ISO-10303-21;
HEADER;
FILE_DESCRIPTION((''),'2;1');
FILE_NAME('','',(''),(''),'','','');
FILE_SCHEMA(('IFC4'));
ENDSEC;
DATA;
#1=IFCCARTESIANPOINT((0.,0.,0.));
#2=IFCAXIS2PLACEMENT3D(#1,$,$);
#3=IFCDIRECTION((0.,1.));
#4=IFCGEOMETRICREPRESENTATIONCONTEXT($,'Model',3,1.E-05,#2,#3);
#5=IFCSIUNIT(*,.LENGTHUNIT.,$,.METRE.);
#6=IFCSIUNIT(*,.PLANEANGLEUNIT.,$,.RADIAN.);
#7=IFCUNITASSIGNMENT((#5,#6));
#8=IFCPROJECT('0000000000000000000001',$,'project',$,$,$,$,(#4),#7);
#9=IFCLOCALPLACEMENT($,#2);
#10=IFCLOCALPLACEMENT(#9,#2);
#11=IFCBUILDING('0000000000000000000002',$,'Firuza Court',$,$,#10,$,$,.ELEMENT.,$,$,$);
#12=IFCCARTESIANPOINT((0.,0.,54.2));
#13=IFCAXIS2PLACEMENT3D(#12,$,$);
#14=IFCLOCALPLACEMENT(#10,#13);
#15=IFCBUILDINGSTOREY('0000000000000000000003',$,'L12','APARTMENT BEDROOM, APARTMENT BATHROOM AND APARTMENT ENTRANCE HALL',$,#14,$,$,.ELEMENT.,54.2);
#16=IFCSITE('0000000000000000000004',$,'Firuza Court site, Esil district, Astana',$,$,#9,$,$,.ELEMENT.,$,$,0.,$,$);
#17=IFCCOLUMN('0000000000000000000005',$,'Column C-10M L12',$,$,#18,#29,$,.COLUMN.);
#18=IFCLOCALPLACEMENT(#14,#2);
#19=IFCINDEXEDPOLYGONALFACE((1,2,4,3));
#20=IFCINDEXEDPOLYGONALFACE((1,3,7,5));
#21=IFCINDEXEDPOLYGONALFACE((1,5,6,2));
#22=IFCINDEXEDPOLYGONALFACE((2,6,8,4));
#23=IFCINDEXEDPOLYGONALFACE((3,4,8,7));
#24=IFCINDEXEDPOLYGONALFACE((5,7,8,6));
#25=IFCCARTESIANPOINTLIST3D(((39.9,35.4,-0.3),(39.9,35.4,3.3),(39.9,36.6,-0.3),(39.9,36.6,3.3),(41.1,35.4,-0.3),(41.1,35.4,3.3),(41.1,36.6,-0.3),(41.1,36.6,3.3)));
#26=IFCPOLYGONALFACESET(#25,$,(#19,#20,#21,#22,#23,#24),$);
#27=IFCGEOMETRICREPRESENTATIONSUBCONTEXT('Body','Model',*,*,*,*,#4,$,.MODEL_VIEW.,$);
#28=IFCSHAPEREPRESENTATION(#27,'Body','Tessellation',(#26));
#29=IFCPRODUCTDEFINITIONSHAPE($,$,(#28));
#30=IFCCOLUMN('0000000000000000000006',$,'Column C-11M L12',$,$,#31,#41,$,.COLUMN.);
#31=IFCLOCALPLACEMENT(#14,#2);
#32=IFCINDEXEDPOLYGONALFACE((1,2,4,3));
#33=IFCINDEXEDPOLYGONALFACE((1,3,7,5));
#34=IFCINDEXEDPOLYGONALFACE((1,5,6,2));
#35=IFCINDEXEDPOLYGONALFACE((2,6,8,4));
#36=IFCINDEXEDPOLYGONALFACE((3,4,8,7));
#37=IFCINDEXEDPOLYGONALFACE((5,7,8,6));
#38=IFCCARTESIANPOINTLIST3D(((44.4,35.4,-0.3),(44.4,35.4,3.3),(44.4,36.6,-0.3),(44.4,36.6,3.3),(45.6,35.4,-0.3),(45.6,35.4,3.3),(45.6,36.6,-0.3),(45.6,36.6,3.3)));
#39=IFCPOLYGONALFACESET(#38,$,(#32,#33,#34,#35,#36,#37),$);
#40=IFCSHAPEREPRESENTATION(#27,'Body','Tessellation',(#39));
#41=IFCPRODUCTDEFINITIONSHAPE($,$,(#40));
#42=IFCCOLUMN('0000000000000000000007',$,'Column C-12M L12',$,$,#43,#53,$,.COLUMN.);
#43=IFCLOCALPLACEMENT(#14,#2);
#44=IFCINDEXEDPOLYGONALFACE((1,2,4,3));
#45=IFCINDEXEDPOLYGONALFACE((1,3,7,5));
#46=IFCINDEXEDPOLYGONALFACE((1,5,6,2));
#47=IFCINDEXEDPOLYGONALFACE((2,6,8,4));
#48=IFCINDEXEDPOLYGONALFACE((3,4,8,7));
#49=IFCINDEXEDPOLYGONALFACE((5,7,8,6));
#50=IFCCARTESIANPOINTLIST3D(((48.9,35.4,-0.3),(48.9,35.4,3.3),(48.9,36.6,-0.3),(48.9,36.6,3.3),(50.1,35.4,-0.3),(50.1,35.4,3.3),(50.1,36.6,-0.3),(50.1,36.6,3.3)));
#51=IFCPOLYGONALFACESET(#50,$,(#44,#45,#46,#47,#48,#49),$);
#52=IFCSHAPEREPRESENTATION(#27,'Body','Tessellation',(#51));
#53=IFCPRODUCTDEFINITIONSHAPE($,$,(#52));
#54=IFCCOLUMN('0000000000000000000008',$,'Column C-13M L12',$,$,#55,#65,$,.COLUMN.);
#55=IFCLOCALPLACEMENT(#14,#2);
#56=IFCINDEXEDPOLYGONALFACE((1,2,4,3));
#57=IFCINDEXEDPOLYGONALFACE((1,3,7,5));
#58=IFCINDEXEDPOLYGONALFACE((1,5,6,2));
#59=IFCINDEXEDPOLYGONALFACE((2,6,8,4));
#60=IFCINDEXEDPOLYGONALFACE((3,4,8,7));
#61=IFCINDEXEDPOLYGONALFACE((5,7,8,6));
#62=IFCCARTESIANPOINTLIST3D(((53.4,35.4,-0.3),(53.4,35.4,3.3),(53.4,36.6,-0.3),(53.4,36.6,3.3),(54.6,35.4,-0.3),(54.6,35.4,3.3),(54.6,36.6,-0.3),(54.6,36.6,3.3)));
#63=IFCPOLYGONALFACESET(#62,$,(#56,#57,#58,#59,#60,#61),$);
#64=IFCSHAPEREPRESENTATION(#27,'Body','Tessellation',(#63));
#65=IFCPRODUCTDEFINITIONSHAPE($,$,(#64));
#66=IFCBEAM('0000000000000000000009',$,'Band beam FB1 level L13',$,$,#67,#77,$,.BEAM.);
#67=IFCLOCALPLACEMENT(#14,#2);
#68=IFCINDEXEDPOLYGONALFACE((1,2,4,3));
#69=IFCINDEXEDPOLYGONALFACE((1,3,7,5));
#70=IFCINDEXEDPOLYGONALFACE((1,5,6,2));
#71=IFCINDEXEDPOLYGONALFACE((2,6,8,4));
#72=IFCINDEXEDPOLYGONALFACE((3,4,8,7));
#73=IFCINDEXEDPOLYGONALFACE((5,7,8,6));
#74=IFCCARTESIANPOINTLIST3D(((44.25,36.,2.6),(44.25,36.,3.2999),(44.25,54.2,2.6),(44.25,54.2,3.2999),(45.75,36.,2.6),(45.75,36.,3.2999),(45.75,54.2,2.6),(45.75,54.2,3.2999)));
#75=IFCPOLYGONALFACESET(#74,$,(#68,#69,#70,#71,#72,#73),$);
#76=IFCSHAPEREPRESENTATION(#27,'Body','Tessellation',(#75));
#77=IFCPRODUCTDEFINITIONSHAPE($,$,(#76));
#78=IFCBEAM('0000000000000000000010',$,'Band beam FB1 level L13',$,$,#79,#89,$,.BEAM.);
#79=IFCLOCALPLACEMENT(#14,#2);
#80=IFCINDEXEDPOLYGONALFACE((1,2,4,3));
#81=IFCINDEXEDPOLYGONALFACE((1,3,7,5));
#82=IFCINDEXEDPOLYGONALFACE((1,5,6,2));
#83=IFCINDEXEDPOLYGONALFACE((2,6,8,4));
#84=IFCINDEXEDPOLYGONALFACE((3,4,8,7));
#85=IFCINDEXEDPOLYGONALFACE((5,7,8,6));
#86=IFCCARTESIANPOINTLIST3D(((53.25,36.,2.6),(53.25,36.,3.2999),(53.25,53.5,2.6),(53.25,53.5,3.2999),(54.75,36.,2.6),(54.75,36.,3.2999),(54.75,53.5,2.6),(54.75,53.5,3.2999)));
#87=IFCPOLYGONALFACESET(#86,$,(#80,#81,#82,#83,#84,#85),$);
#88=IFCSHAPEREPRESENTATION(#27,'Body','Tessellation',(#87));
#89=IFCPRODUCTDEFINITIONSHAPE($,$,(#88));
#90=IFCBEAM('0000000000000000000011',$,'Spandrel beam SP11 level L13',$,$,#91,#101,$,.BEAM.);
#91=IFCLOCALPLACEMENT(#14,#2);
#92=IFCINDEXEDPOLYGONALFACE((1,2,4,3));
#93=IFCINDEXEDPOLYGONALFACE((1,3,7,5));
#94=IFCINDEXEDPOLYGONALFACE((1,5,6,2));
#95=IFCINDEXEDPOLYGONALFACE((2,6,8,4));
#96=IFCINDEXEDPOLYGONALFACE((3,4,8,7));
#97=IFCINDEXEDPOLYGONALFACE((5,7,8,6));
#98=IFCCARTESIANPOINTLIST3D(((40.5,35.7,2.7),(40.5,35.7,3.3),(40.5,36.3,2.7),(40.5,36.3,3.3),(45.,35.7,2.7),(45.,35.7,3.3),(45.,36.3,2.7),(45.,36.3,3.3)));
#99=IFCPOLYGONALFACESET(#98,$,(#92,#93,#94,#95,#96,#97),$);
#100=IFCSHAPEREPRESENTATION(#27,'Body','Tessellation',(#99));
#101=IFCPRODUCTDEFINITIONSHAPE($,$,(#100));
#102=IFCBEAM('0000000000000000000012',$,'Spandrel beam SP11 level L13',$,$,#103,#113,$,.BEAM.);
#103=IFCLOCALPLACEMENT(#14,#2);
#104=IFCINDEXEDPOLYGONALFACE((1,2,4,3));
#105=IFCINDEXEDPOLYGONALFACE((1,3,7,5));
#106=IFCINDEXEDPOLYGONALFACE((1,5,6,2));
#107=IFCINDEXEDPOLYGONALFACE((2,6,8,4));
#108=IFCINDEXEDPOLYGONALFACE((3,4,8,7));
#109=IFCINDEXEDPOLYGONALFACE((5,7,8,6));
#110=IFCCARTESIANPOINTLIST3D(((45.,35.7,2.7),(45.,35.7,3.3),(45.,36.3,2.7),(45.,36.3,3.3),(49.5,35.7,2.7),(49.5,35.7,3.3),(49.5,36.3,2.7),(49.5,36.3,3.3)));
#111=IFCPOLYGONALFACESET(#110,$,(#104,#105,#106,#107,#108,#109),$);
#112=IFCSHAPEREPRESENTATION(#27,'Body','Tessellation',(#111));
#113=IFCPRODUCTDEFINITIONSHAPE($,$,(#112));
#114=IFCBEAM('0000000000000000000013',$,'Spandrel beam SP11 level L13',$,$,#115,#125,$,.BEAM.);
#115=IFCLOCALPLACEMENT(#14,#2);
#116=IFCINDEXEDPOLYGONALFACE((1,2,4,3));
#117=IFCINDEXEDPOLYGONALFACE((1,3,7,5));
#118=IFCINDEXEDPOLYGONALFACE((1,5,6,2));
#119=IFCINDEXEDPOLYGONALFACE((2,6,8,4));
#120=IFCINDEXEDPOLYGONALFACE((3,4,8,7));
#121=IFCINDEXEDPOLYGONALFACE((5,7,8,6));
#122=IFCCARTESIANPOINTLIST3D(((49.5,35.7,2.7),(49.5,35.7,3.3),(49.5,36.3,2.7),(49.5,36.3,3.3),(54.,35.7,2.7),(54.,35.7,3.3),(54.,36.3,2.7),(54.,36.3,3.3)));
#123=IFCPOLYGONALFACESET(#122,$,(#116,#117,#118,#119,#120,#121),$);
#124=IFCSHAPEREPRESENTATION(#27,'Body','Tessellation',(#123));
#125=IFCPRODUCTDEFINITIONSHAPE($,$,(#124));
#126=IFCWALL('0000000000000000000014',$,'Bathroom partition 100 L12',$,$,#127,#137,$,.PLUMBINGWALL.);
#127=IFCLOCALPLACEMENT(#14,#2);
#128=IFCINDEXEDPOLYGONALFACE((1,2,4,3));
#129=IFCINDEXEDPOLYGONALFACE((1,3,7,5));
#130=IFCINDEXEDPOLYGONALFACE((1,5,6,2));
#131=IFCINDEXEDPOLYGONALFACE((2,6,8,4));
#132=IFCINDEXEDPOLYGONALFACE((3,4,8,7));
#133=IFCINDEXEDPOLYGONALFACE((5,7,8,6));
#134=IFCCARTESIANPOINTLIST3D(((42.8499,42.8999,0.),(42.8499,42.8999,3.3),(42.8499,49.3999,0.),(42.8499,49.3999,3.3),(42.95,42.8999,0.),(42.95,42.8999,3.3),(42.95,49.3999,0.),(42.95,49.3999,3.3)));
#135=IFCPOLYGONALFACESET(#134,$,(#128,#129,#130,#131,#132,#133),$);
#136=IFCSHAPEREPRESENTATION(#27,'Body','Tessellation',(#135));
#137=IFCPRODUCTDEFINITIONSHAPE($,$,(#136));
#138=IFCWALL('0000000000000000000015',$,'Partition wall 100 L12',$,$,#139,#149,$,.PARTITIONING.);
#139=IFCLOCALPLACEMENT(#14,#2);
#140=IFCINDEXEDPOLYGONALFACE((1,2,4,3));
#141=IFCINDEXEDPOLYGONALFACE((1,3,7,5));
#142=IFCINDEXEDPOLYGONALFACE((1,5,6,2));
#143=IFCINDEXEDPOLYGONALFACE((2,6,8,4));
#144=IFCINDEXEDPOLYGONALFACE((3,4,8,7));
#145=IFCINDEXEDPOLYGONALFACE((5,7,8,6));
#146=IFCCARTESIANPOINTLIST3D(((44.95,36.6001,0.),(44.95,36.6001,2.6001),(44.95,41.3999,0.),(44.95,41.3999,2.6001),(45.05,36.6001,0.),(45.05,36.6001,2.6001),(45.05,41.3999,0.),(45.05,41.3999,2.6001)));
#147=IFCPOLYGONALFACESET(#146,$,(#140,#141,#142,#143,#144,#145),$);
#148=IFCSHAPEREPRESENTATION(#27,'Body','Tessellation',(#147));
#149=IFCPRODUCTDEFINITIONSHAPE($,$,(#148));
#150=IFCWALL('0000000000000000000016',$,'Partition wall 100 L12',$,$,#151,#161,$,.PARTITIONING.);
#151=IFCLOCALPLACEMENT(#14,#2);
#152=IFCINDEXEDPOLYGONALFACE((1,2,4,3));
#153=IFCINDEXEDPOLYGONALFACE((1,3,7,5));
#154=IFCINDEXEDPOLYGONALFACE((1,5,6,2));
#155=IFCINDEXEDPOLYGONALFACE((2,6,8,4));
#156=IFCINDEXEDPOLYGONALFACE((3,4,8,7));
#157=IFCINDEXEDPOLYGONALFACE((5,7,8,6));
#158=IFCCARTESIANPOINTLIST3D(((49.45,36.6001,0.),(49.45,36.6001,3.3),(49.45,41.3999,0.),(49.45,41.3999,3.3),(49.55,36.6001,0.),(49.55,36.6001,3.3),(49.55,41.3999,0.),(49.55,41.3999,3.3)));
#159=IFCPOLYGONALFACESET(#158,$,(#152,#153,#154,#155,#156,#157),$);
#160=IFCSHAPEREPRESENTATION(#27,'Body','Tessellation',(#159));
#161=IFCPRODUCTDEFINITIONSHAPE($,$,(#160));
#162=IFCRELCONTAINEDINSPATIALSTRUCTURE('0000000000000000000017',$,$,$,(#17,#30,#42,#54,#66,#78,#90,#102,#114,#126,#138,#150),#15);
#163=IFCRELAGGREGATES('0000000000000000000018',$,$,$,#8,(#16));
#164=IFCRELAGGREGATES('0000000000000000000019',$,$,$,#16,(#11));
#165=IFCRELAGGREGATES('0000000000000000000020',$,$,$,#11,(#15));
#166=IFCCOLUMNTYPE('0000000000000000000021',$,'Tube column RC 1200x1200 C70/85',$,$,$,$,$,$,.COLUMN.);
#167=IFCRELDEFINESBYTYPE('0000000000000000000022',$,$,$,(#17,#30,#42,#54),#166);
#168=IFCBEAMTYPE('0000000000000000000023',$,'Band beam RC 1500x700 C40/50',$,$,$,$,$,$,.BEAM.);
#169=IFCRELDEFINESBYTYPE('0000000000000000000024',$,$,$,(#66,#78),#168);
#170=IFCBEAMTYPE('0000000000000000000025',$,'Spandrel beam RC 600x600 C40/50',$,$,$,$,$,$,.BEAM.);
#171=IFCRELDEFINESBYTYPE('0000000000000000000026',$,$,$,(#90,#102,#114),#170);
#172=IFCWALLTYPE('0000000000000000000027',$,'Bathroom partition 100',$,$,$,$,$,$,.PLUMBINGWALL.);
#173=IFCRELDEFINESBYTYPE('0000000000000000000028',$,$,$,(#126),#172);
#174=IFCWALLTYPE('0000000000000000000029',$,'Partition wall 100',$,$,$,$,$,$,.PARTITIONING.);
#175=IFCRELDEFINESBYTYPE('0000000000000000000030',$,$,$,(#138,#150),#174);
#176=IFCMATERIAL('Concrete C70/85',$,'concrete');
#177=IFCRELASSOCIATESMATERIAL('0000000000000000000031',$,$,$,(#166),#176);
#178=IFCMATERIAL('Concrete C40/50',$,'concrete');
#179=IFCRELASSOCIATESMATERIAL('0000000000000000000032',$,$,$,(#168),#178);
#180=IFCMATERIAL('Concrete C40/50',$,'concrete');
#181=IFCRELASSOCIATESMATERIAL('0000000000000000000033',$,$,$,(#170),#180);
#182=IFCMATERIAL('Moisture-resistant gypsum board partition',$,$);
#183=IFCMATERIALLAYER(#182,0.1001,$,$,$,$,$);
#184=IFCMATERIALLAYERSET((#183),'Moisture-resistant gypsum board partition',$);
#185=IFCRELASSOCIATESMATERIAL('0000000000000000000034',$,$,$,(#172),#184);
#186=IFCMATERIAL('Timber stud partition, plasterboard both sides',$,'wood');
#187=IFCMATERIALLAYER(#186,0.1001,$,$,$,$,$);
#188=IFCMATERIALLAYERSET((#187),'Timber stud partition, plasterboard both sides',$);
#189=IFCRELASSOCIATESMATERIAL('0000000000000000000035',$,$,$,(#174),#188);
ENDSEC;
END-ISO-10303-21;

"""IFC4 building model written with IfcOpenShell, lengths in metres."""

from ifc_helpers import new_model, si_unit, direction, frame, frame_2d, origin, origin_2d, place, context, subcontext, project, spatial, rectangle, extrude, material, layer, layer_set, material_profile, profile_set, type_object, element, save


model = new_model("IFC4")

# Units and contexts
model_context = context("Model", 3, precision=1e-05, world=origin(), true_north=direction((0.0, 1.0)))
body_context = subcontext(model_context, "Body", "Model", "MODEL_VIEW")
ifc_project = project(units=[si_unit("LENGTHUNIT", "METRE"), si_unit("PLANEANGLEUNIT", "RADIAN")], contexts=[model_context])

# Site, building, storey
site_placement = place(None, origin())
site = spatial("IfcSite", under=ifc_project, at=site_placement, Name="Firuza Court site, Esil district, Astana", CompositionType="ELEMENT", RefElevation=0.0)
building_placement = place(site_placement, origin())
building = spatial("IfcBuilding", under=site, at=building_placement, Name="Firuza Court", CompositionType="ELEMENT")
storey_placement = place(building_placement, frame((0.0, 0.0, 54.2)))
storey = spatial("IfcBuildingStorey", under=building, at=storey_placement, Name="L12", Description="APARTMENT BEDROOM, APARTMENT BATHROOM AND APARTMENT ENTRANCE HALL", CompositionType="ELEMENT", Elevation=54.2)

# Columns
ifc_material_1 = material(Name="Concrete C70/85", Category="concrete")
ifc_material_profile_1 = material_profile(ifc_material_1, rectangle(XDim=1.2, YDim=1.2, at=origin_2d()), Name="RC 1200x1200")
ifc_profile_set_1 = profile_set([ifc_material_profile_1], Name="Concrete C70/85")
column_type = type_object("IfcColumnType", Name="Tube column RC 1200x1200 C70/85", PredefinedType="COLUMN", material=ifc_profile_set_1)
for number, where, z_axis, x_axis, name in (
    (1, (40.5, 36.0, -0.3), (0.0, 0.0, 1.0), (1.0, 0.0, 0.0), "Column C-10M L12"),
    (2, (45.0, 36.0, -0.3), (0.0, 0.0, 1.0), (1.0, 0.0, 0.0), "Column C-11M L12"),
    (3, (49.5, 36.0, -0.3), (0.0, 0.0, 1.0), (1.0, 0.0, 0.0), "Column C-12M L12"),
    (4, (54.0, 36.0, -0.3), (0.0, 0.0, 1.0), (1.0, 0.0, 0.0), "Column C-13M L12"),
):
    element("IfcColumn", number, at=place(storey_placement, frame(where, z_axis=z_axis, x_axis=x_axis)), inside=storey, type_object=column_type, Name=name, PredefinedType="COLUMN", context=body_context, shape_type="SweptSolid", body=[
        extrude(rectangle(XDim=1.2, YDim=1.2, at=origin_2d()), origin(), (0.0, 0.0, 1.0), 3.6001),
    ])

# Beams
ifc_material_2 = material(Name="Concrete C40/50", Category="concrete")
ifc_material_profile_2 = material_profile(ifc_material_2, rectangle(XDim=1.5, YDim=0.7, at=origin_2d()), Name="RC 1500x700")
ifc_profile_set_2 = profile_set([ifc_material_profile_2], Name="Concrete C40/50")
beam_type_1 = type_object("IfcBeamType", Name="Band beam RC 1500x700 C40/50", PredefinedType="BEAM", material=ifc_profile_set_2)
beam_1_placement = place(storey_placement, frame((45.0, 36.0, 2.95), z_axis=(0.0, 1.0, 0.0), x_axis=(-1.0, 0.0, 0.0)))
element("IfcBeam", 5, at=beam_1_placement, inside=storey, type_object=beam_type_1, Name="Band beam FB1 level L13", PredefinedType="BEAM", context=body_context, shape_type="SweptSolid", body=[
    extrude(rectangle(XDim=1.5, YDim=0.7, at=origin_2d()), origin(), (0.0, 0.0, 1.0), 18.2),
])
beam_2_placement = place(storey_placement, frame((54.0, 36.0, 2.95), z_axis=(0.0, 1.0, 0.0), x_axis=(-1.0, 0.0, 0.0)))
element("IfcBeam", 6, at=beam_2_placement, inside=storey, type_object=beam_type_1, Name="Band beam FB1 level L13", PredefinedType="BEAM", context=body_context, shape_type="SweptSolid", body=[
    extrude(rectangle(XDim=1.5, YDim=0.7, at=origin_2d()), origin(), (0.0, 0.0, 1.0), 17.5),
])
ifc_material_3 = material(Name="Concrete C40/50", Category="concrete")
ifc_material_profile_3 = material_profile(ifc_material_3, rectangle(XDim=0.6001, YDim=0.6001, at=origin_2d()), Name="RC 600x600")
ifc_profile_set_3 = profile_set([ifc_material_profile_3], Name="Concrete C40/50")
beam_type_2 = type_object("IfcBeamType", Name="Spandrel beam RC 600x600 C40/50", PredefinedType="BEAM", material=ifc_profile_set_3)
for number, where, z_axis, x_axis, name in (
    (7, (40.5, 36.0, 3.0), (1.0, 0.0, 0.0), (0.0, 1.0, 0.0), "Spandrel beam SP11 level L13"),
    (8, (45.0, 36.0, 3.0), (1.0, 0.0, 0.0), (0.0, 1.0, 0.0), "Spandrel beam SP11 level L13"),
    (9, (49.5, 36.0, 3.0), (1.0, 0.0, 0.0), (0.0, 1.0, 0.0), "Spandrel beam SP11 level L13"),
):
    element("IfcBeam", number, at=place(storey_placement, frame(where, z_axis=z_axis, x_axis=x_axis)), inside=storey, type_object=beam_type_2, Name=name, PredefinedType="BEAM", context=body_context, shape_type="SweptSolid", body=[
        extrude(rectangle(XDim=0.6001, YDim=0.6001, at=origin_2d()), origin(), (0.0, 0.0, 1.0), 4.5),
    ])

# Walls
ifc_material_4 = material(Name="Moisture-resistant gypsum board partition")
ifc_layer_1 = layer(ifc_material_4, 0.1001)
ifc_layer_set_1 = layer_set([ifc_layer_1], Name="Moisture-resistant gypsum board partition")
wall_type_1 = type_object("IfcWallType", Name="Bathroom partition 100", PredefinedType="PLUMBINGWALL", material=ifc_layer_set_1)
wall_1_placement = place(storey_placement, frame((42.8999, 42.8999, 0.0), z_axis=(0.0, 0.0, 1.0), x_axis=(0.0, 1.0, 0.0)))
element("IfcWall", 10, at=wall_1_placement, inside=storey, type_object=wall_type_1, Name="Bathroom partition 100 L12", PredefinedType="PLUMBINGWALL", context=body_context, shape_type="SweptSolid", body=[
    extrude(rectangle(XDim=6.5, YDim=0.1001, at=frame_2d((3.25, 0.0))), origin(), (0.0, 0.0, 1.0), 3.3),
])
ifc_material_5 = material(Name="Timber stud partition, plasterboard both sides", Category="wood")
ifc_layer_2 = layer(ifc_material_5, 0.1001)
ifc_layer_set_2 = layer_set([ifc_layer_2], Name="Timber stud partition, plasterboard both sides")
wall_type_2 = type_object("IfcWallType", Name="Partition wall 100", PredefinedType="PARTITIONING", material=ifc_layer_set_2)
wall_2_placement = place(storey_placement, frame((45.0, 36.6001, 0.0), z_axis=(0.0, 0.0, 1.0), x_axis=(0.0, 1.0, 0.0)))
element("IfcWall", 11, at=wall_2_placement, inside=storey, type_object=wall_type_2, Name="Partition wall 100 L12", PredefinedType="PARTITIONING", context=body_context, shape_type="SweptSolid", body=[
    extrude(rectangle(XDim=4.7998, YDim=0.1001, at=frame_2d((2.3999, 0.0))), origin(), (0.0, 0.0, 1.0), 2.6001),
])
wall_3_placement = place(storey_placement, frame((49.5, 36.6001, 0.0), z_axis=(0.0, 0.0, 1.0), x_axis=(0.0, 1.0, 0.0)))
element("IfcWall", 12, at=wall_3_placement, inside=storey, type_object=wall_type_2, Name="Partition wall 100 L12", PredefinedType="PARTITIONING", context=body_context, shape_type="SweptSolid", body=[
    extrude(rectangle(XDim=4.7998, YDim=0.1001, at=frame_2d((2.3999, 0.0))), origin(), (0.0, 0.0, 1.0), 3.3),
])

save(model, "model.ifc")
